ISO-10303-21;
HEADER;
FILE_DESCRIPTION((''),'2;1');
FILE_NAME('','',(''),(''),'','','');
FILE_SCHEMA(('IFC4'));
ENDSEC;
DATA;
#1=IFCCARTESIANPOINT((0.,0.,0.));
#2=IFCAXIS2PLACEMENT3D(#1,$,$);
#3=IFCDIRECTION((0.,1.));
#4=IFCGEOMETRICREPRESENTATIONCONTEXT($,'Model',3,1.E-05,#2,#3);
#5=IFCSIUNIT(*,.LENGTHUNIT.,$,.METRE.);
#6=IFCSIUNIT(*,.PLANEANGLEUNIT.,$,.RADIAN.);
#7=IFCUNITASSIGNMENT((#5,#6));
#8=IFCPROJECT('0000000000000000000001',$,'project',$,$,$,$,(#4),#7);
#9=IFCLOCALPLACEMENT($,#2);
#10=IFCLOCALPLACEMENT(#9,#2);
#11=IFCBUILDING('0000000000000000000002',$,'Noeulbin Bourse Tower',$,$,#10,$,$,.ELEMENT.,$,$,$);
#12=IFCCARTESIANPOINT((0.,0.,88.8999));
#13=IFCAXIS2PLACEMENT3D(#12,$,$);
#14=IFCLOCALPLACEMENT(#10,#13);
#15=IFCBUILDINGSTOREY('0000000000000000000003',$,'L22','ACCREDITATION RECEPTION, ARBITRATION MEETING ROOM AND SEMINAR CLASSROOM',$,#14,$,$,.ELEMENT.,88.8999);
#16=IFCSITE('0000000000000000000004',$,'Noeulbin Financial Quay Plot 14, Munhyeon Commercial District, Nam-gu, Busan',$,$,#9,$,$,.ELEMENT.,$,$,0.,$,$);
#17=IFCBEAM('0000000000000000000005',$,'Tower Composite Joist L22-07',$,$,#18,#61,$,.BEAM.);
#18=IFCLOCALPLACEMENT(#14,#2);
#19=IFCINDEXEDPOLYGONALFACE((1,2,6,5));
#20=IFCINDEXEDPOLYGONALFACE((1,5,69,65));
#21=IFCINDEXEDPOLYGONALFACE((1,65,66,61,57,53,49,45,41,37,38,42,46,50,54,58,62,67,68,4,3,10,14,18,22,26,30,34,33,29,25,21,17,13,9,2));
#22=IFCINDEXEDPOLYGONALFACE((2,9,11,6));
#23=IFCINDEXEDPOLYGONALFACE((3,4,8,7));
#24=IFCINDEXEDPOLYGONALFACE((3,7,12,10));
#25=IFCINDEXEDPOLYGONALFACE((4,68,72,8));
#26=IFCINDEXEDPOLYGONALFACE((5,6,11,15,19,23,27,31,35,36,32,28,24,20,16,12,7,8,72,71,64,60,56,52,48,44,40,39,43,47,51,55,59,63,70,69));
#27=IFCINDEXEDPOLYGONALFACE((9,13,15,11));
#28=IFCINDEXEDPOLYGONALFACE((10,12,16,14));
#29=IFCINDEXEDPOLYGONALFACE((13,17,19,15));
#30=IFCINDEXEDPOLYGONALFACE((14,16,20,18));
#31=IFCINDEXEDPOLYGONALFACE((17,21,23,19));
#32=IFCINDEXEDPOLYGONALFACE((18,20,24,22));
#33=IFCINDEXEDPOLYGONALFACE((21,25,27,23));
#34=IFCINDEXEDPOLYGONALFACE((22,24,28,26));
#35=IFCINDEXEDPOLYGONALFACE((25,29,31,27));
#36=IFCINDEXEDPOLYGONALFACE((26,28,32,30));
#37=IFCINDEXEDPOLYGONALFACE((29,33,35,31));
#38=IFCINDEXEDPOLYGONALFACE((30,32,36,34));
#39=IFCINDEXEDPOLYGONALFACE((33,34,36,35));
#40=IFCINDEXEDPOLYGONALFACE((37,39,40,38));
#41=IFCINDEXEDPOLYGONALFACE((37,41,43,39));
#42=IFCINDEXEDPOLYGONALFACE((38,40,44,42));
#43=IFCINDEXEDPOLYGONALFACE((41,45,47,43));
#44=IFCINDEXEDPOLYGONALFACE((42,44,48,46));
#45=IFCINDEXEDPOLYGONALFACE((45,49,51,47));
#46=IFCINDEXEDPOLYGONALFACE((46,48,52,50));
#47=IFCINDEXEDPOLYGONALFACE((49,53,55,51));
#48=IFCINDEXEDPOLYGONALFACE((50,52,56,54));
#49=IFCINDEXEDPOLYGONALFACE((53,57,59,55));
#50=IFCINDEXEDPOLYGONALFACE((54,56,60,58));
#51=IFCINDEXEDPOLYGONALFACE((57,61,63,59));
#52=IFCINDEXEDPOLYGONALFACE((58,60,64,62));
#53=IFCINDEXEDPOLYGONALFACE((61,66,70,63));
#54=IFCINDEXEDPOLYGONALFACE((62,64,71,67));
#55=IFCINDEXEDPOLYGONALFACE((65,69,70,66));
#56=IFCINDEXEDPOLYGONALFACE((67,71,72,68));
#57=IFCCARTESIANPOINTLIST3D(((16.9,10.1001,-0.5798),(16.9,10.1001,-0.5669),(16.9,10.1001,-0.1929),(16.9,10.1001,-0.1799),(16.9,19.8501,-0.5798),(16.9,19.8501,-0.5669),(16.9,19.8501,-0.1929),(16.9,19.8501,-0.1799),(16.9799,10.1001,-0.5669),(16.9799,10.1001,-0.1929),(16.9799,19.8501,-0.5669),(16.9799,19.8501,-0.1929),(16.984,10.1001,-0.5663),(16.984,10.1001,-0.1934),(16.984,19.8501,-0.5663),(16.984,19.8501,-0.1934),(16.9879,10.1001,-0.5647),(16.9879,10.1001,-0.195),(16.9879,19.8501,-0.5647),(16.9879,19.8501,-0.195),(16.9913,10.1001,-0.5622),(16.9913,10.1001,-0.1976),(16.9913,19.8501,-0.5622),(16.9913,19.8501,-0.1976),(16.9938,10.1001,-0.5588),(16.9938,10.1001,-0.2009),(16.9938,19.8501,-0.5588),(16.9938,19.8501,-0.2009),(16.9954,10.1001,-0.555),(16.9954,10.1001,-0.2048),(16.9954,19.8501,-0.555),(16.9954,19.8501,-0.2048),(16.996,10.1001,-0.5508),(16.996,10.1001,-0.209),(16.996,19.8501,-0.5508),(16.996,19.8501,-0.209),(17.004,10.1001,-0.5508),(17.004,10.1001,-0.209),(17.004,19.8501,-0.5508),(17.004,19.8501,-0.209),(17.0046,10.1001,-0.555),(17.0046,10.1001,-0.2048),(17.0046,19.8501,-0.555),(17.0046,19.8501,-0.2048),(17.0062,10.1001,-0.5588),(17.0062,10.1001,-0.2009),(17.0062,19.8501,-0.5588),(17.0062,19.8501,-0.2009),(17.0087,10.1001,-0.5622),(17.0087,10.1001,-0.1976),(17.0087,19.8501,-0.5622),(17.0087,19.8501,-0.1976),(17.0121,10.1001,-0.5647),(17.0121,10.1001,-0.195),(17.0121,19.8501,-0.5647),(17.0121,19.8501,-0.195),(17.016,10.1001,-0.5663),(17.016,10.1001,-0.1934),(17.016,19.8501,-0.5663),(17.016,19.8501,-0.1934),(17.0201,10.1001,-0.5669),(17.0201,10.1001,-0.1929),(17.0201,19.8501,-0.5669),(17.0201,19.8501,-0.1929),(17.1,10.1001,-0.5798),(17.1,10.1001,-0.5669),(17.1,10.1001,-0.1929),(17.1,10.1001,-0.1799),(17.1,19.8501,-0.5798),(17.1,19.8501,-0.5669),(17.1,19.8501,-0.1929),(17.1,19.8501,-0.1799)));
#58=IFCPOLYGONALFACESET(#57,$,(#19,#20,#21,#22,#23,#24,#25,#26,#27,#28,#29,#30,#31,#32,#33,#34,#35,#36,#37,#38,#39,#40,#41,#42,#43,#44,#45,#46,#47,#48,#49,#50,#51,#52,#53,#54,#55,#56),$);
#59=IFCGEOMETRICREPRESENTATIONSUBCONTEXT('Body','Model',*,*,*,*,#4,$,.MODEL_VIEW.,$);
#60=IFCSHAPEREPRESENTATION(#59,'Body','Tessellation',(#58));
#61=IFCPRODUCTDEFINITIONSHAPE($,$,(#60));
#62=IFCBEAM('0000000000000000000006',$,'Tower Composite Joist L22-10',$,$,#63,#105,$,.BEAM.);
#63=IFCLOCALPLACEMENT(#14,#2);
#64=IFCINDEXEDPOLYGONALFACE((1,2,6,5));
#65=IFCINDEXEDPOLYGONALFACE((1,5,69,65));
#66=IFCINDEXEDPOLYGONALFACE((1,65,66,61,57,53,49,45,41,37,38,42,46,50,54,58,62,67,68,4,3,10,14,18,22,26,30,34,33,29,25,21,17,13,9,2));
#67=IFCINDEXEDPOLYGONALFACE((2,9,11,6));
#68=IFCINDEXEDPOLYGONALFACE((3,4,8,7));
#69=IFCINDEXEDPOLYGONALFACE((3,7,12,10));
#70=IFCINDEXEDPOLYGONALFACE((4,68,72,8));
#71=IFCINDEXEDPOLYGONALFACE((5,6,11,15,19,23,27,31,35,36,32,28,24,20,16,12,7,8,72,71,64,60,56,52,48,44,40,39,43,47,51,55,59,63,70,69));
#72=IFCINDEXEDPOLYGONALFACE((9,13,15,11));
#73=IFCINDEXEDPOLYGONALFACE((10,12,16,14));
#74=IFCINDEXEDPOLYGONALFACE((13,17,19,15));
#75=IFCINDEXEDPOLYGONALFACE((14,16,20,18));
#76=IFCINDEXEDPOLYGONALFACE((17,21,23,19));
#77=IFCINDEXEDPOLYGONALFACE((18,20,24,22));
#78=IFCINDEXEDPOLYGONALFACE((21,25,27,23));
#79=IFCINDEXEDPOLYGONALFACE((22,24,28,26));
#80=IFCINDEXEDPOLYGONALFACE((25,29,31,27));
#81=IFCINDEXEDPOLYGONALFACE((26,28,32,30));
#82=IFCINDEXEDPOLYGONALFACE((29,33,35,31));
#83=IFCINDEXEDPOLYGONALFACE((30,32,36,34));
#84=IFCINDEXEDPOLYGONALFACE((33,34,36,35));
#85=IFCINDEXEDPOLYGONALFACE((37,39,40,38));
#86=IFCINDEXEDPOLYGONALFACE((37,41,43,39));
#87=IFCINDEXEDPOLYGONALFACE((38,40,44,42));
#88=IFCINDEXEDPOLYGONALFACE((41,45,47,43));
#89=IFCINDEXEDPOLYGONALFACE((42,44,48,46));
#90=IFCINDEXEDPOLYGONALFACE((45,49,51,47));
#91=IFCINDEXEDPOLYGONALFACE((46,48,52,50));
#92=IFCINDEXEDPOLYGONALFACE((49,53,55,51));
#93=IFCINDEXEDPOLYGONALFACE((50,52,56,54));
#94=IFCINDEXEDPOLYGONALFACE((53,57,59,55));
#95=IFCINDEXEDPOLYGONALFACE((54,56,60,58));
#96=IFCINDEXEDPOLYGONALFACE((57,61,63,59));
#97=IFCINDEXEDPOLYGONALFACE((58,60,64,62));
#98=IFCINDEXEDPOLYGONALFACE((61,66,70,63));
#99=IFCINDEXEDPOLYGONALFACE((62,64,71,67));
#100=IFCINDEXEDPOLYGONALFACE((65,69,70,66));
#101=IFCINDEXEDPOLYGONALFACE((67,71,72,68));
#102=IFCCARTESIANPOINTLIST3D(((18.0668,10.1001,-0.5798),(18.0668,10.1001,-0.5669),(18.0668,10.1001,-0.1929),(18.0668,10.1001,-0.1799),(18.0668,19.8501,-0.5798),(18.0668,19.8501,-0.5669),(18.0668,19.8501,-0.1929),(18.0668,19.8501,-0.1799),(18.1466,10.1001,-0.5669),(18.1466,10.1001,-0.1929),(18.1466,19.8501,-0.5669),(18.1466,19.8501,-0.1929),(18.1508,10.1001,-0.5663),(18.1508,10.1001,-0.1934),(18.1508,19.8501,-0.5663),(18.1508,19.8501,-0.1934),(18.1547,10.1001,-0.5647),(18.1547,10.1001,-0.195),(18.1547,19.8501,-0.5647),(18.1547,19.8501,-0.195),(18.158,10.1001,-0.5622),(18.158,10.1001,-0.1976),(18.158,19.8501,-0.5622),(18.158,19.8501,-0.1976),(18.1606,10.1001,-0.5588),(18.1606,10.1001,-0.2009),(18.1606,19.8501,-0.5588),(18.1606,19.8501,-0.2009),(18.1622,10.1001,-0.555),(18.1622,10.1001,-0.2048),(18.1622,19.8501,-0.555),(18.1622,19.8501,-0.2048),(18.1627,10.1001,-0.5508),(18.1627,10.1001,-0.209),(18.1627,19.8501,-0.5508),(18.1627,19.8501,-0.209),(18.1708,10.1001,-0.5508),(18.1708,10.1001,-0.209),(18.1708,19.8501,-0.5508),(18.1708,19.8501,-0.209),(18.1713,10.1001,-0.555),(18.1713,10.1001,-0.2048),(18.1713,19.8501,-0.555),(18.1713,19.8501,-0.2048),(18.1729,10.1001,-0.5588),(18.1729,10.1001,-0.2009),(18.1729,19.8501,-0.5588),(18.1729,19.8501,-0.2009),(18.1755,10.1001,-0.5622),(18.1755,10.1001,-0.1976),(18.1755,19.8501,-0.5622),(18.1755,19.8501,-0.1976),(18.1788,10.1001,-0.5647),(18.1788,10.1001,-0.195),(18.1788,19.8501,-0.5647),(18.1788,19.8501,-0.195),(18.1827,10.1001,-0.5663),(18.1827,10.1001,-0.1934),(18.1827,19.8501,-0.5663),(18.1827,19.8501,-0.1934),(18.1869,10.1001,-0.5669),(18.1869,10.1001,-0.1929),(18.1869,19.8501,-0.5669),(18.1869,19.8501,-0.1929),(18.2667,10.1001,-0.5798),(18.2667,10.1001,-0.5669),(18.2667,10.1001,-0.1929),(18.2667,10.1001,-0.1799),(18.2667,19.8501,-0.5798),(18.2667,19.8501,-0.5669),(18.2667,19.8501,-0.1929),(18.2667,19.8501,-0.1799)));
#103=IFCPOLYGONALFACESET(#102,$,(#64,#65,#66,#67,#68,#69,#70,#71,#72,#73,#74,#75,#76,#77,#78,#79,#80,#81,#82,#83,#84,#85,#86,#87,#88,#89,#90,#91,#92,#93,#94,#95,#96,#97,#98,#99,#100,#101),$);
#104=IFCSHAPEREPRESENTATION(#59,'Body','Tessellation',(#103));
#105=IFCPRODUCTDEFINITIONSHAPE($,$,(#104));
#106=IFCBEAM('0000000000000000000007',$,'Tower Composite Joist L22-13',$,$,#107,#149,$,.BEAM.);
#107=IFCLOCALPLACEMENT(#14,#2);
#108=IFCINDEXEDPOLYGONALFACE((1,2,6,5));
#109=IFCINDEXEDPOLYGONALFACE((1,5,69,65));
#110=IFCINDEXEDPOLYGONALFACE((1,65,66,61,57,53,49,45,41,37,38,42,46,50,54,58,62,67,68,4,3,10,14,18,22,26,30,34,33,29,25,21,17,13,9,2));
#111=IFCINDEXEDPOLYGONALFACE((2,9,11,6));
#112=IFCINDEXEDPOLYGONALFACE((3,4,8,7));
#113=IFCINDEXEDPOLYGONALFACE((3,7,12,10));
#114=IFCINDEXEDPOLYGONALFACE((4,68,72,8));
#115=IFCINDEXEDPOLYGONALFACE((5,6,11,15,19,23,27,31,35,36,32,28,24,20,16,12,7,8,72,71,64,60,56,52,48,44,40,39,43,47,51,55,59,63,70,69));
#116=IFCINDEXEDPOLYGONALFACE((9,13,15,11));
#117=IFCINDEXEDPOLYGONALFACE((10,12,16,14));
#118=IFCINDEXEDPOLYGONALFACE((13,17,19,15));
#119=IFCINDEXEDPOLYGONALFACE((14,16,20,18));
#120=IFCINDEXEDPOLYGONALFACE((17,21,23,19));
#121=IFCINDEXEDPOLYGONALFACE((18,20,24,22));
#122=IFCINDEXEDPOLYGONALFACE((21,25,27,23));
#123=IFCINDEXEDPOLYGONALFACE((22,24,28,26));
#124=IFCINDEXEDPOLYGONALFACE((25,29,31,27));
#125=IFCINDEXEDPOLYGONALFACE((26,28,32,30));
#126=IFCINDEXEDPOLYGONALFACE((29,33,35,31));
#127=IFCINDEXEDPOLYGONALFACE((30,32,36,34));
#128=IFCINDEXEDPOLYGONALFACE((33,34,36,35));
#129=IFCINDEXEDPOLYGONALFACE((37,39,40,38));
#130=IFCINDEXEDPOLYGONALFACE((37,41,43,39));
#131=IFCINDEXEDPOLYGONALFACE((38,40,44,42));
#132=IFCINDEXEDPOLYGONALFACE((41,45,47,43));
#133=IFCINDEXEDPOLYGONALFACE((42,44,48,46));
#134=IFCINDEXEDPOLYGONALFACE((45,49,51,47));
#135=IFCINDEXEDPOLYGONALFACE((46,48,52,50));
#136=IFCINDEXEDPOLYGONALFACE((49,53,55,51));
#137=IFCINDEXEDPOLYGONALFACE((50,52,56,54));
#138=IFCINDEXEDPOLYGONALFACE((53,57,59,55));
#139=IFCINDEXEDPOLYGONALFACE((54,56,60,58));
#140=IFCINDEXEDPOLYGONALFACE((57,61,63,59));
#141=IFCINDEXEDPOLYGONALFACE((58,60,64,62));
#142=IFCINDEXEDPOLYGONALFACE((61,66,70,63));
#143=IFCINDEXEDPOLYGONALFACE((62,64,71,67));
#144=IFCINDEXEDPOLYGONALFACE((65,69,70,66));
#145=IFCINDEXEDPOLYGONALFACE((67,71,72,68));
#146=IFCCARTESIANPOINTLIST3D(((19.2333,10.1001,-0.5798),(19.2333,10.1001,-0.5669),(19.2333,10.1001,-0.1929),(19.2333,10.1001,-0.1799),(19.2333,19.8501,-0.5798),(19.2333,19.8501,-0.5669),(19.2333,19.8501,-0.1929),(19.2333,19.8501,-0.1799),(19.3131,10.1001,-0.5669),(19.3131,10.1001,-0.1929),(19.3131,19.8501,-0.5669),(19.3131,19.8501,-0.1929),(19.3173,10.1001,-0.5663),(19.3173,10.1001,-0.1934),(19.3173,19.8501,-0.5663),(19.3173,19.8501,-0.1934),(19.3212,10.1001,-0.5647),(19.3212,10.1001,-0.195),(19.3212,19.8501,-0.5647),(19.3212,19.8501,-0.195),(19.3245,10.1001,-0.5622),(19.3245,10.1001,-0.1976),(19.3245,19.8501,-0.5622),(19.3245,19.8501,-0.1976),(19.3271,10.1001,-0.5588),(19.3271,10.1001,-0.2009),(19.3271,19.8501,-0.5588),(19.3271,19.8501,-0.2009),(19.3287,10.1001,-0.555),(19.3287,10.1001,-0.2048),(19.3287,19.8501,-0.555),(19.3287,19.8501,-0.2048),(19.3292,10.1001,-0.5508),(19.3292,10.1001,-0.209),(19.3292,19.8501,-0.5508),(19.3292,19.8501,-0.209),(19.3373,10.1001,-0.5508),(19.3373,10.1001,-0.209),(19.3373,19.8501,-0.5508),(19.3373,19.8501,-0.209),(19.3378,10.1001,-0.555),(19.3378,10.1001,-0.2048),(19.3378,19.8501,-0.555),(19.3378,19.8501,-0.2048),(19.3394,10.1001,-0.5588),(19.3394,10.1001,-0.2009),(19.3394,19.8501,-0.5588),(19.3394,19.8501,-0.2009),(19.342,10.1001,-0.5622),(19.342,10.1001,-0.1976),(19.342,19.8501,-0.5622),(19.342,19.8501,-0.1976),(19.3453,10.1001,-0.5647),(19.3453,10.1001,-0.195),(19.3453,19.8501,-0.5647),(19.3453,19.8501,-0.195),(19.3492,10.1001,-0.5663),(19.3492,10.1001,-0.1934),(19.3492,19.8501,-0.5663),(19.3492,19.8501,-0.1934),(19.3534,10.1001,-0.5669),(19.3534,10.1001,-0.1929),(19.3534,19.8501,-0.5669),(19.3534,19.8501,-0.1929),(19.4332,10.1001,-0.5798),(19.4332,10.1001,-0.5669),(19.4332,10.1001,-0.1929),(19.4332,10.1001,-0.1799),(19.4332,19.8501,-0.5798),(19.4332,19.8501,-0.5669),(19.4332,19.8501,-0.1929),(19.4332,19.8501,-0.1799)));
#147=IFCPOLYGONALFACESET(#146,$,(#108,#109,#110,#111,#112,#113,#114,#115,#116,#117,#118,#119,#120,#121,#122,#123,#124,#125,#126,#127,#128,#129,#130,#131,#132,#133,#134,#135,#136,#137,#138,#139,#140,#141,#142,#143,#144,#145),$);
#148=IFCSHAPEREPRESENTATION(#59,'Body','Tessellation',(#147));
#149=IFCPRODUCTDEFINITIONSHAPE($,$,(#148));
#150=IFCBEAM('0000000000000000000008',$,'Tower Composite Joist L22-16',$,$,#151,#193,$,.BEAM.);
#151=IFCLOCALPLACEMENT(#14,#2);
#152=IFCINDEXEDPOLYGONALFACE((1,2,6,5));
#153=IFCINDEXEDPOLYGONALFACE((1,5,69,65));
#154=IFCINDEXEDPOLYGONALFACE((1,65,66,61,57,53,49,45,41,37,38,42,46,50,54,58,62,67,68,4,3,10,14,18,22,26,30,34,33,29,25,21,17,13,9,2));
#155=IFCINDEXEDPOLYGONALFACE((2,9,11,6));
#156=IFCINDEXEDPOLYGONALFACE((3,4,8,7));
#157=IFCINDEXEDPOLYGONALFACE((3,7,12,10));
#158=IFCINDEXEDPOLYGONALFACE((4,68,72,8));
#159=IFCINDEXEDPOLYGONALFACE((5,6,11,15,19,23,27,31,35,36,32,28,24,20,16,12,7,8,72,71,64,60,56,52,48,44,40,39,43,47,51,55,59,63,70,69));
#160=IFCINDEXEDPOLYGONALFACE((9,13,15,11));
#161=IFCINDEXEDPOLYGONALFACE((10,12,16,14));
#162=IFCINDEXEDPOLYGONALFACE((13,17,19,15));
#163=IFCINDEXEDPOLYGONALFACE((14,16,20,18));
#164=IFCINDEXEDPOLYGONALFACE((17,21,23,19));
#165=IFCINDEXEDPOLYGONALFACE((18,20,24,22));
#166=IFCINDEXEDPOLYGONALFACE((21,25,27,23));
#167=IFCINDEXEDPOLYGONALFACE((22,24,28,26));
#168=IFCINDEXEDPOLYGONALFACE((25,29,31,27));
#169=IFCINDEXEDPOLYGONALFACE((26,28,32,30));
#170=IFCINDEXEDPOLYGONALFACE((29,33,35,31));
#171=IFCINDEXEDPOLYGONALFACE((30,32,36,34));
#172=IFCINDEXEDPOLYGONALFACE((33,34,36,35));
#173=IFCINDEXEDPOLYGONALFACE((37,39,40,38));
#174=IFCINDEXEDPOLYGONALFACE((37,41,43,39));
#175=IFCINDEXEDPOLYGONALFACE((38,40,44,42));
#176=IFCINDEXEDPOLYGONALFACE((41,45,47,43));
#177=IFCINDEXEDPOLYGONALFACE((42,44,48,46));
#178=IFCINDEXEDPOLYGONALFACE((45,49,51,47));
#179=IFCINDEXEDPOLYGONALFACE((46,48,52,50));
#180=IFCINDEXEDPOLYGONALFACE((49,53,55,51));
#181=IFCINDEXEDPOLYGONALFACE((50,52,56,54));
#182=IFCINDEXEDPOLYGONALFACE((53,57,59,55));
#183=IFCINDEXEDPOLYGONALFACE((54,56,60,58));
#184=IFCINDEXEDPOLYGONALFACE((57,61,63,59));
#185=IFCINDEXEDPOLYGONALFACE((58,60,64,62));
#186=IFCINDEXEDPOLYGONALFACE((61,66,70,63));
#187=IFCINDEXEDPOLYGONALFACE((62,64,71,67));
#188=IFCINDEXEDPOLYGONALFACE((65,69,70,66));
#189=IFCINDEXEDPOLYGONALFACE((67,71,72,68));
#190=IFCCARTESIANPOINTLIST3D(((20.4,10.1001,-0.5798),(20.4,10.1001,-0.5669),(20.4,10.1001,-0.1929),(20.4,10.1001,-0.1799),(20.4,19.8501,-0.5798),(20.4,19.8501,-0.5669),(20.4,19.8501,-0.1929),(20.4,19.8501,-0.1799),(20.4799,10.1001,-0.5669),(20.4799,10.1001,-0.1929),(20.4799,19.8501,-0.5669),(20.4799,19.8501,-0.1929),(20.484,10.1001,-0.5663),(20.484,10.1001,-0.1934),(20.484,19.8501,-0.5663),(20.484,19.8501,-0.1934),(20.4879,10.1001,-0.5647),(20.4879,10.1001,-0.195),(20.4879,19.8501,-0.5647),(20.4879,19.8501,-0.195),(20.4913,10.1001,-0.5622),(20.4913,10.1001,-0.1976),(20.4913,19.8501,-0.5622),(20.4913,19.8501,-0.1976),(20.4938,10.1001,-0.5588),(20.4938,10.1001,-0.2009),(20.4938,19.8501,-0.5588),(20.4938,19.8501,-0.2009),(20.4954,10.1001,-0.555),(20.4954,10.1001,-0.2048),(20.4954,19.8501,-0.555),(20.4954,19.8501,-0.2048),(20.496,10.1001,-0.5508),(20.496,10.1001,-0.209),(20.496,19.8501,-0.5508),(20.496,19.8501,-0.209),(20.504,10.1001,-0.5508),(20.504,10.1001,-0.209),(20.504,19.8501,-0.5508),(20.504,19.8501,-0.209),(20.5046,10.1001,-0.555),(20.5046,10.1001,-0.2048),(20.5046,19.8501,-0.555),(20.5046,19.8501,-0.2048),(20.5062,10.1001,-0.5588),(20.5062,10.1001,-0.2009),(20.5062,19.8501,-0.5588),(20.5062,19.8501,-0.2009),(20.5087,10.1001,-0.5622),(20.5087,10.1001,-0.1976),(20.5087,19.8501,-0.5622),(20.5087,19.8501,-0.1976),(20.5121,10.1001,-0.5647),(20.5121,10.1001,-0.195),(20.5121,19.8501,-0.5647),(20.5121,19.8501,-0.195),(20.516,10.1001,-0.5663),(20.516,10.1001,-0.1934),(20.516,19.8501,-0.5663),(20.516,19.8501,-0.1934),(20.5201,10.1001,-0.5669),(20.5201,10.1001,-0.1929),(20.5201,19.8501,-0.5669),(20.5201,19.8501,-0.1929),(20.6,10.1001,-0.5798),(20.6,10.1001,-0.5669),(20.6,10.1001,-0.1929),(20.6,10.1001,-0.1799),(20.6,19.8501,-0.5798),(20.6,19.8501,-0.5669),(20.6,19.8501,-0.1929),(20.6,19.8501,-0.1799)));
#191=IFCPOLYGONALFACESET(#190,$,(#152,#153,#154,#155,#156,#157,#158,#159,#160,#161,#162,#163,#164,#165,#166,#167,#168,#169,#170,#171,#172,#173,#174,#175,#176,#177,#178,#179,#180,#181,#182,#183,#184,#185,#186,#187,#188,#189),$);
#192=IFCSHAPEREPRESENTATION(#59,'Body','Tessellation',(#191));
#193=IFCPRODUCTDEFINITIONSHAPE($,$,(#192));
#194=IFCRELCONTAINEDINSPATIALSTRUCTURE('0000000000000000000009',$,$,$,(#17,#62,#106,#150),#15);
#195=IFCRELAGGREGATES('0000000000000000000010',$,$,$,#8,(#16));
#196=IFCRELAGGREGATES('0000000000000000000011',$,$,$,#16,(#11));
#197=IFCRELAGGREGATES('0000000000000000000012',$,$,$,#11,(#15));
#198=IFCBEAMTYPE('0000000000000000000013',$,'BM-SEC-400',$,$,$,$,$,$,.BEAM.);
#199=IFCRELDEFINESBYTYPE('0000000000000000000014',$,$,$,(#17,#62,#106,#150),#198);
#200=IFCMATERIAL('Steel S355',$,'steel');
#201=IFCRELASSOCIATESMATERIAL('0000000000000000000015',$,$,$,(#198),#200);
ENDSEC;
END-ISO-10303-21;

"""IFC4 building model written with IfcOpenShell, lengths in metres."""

from ifc_helpers import new_model, si_unit, direction, frame, origin, origin_2d, place, context, subcontext, project, spatial, i_section, extrude, material, material_profile, profile_set, type_object, element, save


model = new_model("IFC4")

# Units and contexts
model_context = context("Model", 3, precision=1e-05, world=origin(), true_north=direction((0.0, 1.0)))
body_context = subcontext(model_context, "Body", "Model", "MODEL_VIEW")
ifc_project = project(units=[si_unit("LENGTHUNIT", "METRE"), si_unit("PLANEANGLEUNIT", "RADIAN")], contexts=[model_context])

# Site, building, storey
site_placement = place(None, origin())
site = spatial("IfcSite", under=ifc_project, at=site_placement, Name="Noeulbin Financial Quay Plot 14, Munhyeon Commercial District, Nam-gu, Busan", CompositionType="ELEMENT", RefElevation=0.0)
building_placement = place(site_placement, origin())
building = spatial("IfcBuilding", under=site, at=building_placement, Name="Noeulbin Bourse Tower", CompositionType="ELEMENT")
storey_placement = place(building_placement, frame((0.0, 0.0, 88.8999)))
storey = spatial("IfcBuildingStorey", under=building, at=storey_placement, Name="L22", Description="ACCREDITATION RECEPTION, ARBITRATION MEETING ROOM AND SEMINAR CLASSROOM", CompositionType="ELEMENT", Elevation=88.8999)

# Beams
ifc_material_1 = material(Name="Steel S355", Category="steel")
ifc_material_profile_1 = material_profile(ifc_material_1, i_section(OverallWidth=0.2, OverallDepth=0.3999, WebThickness=0.0081, FlangeThickness=0.0129, FilletRadius=0.0161, at=origin_2d()), Name="H-400x200x8x13", Category="LoadBearing")
ifc_profile_set_1 = profile_set([ifc_material_profile_1], Name="Steel S355")
beam_type_1 = type_object("IfcBeamType", Name="BM-SEC-400", PredefinedType="BEAM", material=ifc_profile_set_1)
for number, where, z_axis, x_axis, name in (
    (1, (17.0, 10.1001, -0.3799), (0.0, 1.0, 0.0), (-1.0, 0.0, 0.0), "Tower Composite Joist L22-07"),
    (2, (18.1667, 10.1001, -0.3799), (0.0, 1.0, 0.0), (-1.0, 0.0, 0.0), "Tower Composite Joist L22-10"),
    (3, (19.3333, 10.1001, -0.3799), (0.0, 1.0, 0.0), (-1.0, 0.0, 0.0), "Tower Composite Joist L22-13"),
    (4, (20.5, 10.1001, -0.3799), (0.0, 1.0, 0.0), (-1.0, 0.0, 0.0), "Tower Composite Joist L22-16"),
):
    element("IfcBeam", number, at=place(storey_placement, frame(where, z_axis=z_axis, x_axis=x_axis)), inside=storey, type_object=beam_type_1, Name=name, PredefinedType="BEAM", context=body_context, shape_type="SweptSolid", body=[
        extrude(i_section(OverallWidth=0.2, OverallDepth=0.3999, WebThickness=0.0081, FlangeThickness=0.0129, FilletRadius=0.0161, at=origin_2d()), origin(), (0.0, 0.0, 1.0), 9.75),
    ])

save(model, "model.ifc")
